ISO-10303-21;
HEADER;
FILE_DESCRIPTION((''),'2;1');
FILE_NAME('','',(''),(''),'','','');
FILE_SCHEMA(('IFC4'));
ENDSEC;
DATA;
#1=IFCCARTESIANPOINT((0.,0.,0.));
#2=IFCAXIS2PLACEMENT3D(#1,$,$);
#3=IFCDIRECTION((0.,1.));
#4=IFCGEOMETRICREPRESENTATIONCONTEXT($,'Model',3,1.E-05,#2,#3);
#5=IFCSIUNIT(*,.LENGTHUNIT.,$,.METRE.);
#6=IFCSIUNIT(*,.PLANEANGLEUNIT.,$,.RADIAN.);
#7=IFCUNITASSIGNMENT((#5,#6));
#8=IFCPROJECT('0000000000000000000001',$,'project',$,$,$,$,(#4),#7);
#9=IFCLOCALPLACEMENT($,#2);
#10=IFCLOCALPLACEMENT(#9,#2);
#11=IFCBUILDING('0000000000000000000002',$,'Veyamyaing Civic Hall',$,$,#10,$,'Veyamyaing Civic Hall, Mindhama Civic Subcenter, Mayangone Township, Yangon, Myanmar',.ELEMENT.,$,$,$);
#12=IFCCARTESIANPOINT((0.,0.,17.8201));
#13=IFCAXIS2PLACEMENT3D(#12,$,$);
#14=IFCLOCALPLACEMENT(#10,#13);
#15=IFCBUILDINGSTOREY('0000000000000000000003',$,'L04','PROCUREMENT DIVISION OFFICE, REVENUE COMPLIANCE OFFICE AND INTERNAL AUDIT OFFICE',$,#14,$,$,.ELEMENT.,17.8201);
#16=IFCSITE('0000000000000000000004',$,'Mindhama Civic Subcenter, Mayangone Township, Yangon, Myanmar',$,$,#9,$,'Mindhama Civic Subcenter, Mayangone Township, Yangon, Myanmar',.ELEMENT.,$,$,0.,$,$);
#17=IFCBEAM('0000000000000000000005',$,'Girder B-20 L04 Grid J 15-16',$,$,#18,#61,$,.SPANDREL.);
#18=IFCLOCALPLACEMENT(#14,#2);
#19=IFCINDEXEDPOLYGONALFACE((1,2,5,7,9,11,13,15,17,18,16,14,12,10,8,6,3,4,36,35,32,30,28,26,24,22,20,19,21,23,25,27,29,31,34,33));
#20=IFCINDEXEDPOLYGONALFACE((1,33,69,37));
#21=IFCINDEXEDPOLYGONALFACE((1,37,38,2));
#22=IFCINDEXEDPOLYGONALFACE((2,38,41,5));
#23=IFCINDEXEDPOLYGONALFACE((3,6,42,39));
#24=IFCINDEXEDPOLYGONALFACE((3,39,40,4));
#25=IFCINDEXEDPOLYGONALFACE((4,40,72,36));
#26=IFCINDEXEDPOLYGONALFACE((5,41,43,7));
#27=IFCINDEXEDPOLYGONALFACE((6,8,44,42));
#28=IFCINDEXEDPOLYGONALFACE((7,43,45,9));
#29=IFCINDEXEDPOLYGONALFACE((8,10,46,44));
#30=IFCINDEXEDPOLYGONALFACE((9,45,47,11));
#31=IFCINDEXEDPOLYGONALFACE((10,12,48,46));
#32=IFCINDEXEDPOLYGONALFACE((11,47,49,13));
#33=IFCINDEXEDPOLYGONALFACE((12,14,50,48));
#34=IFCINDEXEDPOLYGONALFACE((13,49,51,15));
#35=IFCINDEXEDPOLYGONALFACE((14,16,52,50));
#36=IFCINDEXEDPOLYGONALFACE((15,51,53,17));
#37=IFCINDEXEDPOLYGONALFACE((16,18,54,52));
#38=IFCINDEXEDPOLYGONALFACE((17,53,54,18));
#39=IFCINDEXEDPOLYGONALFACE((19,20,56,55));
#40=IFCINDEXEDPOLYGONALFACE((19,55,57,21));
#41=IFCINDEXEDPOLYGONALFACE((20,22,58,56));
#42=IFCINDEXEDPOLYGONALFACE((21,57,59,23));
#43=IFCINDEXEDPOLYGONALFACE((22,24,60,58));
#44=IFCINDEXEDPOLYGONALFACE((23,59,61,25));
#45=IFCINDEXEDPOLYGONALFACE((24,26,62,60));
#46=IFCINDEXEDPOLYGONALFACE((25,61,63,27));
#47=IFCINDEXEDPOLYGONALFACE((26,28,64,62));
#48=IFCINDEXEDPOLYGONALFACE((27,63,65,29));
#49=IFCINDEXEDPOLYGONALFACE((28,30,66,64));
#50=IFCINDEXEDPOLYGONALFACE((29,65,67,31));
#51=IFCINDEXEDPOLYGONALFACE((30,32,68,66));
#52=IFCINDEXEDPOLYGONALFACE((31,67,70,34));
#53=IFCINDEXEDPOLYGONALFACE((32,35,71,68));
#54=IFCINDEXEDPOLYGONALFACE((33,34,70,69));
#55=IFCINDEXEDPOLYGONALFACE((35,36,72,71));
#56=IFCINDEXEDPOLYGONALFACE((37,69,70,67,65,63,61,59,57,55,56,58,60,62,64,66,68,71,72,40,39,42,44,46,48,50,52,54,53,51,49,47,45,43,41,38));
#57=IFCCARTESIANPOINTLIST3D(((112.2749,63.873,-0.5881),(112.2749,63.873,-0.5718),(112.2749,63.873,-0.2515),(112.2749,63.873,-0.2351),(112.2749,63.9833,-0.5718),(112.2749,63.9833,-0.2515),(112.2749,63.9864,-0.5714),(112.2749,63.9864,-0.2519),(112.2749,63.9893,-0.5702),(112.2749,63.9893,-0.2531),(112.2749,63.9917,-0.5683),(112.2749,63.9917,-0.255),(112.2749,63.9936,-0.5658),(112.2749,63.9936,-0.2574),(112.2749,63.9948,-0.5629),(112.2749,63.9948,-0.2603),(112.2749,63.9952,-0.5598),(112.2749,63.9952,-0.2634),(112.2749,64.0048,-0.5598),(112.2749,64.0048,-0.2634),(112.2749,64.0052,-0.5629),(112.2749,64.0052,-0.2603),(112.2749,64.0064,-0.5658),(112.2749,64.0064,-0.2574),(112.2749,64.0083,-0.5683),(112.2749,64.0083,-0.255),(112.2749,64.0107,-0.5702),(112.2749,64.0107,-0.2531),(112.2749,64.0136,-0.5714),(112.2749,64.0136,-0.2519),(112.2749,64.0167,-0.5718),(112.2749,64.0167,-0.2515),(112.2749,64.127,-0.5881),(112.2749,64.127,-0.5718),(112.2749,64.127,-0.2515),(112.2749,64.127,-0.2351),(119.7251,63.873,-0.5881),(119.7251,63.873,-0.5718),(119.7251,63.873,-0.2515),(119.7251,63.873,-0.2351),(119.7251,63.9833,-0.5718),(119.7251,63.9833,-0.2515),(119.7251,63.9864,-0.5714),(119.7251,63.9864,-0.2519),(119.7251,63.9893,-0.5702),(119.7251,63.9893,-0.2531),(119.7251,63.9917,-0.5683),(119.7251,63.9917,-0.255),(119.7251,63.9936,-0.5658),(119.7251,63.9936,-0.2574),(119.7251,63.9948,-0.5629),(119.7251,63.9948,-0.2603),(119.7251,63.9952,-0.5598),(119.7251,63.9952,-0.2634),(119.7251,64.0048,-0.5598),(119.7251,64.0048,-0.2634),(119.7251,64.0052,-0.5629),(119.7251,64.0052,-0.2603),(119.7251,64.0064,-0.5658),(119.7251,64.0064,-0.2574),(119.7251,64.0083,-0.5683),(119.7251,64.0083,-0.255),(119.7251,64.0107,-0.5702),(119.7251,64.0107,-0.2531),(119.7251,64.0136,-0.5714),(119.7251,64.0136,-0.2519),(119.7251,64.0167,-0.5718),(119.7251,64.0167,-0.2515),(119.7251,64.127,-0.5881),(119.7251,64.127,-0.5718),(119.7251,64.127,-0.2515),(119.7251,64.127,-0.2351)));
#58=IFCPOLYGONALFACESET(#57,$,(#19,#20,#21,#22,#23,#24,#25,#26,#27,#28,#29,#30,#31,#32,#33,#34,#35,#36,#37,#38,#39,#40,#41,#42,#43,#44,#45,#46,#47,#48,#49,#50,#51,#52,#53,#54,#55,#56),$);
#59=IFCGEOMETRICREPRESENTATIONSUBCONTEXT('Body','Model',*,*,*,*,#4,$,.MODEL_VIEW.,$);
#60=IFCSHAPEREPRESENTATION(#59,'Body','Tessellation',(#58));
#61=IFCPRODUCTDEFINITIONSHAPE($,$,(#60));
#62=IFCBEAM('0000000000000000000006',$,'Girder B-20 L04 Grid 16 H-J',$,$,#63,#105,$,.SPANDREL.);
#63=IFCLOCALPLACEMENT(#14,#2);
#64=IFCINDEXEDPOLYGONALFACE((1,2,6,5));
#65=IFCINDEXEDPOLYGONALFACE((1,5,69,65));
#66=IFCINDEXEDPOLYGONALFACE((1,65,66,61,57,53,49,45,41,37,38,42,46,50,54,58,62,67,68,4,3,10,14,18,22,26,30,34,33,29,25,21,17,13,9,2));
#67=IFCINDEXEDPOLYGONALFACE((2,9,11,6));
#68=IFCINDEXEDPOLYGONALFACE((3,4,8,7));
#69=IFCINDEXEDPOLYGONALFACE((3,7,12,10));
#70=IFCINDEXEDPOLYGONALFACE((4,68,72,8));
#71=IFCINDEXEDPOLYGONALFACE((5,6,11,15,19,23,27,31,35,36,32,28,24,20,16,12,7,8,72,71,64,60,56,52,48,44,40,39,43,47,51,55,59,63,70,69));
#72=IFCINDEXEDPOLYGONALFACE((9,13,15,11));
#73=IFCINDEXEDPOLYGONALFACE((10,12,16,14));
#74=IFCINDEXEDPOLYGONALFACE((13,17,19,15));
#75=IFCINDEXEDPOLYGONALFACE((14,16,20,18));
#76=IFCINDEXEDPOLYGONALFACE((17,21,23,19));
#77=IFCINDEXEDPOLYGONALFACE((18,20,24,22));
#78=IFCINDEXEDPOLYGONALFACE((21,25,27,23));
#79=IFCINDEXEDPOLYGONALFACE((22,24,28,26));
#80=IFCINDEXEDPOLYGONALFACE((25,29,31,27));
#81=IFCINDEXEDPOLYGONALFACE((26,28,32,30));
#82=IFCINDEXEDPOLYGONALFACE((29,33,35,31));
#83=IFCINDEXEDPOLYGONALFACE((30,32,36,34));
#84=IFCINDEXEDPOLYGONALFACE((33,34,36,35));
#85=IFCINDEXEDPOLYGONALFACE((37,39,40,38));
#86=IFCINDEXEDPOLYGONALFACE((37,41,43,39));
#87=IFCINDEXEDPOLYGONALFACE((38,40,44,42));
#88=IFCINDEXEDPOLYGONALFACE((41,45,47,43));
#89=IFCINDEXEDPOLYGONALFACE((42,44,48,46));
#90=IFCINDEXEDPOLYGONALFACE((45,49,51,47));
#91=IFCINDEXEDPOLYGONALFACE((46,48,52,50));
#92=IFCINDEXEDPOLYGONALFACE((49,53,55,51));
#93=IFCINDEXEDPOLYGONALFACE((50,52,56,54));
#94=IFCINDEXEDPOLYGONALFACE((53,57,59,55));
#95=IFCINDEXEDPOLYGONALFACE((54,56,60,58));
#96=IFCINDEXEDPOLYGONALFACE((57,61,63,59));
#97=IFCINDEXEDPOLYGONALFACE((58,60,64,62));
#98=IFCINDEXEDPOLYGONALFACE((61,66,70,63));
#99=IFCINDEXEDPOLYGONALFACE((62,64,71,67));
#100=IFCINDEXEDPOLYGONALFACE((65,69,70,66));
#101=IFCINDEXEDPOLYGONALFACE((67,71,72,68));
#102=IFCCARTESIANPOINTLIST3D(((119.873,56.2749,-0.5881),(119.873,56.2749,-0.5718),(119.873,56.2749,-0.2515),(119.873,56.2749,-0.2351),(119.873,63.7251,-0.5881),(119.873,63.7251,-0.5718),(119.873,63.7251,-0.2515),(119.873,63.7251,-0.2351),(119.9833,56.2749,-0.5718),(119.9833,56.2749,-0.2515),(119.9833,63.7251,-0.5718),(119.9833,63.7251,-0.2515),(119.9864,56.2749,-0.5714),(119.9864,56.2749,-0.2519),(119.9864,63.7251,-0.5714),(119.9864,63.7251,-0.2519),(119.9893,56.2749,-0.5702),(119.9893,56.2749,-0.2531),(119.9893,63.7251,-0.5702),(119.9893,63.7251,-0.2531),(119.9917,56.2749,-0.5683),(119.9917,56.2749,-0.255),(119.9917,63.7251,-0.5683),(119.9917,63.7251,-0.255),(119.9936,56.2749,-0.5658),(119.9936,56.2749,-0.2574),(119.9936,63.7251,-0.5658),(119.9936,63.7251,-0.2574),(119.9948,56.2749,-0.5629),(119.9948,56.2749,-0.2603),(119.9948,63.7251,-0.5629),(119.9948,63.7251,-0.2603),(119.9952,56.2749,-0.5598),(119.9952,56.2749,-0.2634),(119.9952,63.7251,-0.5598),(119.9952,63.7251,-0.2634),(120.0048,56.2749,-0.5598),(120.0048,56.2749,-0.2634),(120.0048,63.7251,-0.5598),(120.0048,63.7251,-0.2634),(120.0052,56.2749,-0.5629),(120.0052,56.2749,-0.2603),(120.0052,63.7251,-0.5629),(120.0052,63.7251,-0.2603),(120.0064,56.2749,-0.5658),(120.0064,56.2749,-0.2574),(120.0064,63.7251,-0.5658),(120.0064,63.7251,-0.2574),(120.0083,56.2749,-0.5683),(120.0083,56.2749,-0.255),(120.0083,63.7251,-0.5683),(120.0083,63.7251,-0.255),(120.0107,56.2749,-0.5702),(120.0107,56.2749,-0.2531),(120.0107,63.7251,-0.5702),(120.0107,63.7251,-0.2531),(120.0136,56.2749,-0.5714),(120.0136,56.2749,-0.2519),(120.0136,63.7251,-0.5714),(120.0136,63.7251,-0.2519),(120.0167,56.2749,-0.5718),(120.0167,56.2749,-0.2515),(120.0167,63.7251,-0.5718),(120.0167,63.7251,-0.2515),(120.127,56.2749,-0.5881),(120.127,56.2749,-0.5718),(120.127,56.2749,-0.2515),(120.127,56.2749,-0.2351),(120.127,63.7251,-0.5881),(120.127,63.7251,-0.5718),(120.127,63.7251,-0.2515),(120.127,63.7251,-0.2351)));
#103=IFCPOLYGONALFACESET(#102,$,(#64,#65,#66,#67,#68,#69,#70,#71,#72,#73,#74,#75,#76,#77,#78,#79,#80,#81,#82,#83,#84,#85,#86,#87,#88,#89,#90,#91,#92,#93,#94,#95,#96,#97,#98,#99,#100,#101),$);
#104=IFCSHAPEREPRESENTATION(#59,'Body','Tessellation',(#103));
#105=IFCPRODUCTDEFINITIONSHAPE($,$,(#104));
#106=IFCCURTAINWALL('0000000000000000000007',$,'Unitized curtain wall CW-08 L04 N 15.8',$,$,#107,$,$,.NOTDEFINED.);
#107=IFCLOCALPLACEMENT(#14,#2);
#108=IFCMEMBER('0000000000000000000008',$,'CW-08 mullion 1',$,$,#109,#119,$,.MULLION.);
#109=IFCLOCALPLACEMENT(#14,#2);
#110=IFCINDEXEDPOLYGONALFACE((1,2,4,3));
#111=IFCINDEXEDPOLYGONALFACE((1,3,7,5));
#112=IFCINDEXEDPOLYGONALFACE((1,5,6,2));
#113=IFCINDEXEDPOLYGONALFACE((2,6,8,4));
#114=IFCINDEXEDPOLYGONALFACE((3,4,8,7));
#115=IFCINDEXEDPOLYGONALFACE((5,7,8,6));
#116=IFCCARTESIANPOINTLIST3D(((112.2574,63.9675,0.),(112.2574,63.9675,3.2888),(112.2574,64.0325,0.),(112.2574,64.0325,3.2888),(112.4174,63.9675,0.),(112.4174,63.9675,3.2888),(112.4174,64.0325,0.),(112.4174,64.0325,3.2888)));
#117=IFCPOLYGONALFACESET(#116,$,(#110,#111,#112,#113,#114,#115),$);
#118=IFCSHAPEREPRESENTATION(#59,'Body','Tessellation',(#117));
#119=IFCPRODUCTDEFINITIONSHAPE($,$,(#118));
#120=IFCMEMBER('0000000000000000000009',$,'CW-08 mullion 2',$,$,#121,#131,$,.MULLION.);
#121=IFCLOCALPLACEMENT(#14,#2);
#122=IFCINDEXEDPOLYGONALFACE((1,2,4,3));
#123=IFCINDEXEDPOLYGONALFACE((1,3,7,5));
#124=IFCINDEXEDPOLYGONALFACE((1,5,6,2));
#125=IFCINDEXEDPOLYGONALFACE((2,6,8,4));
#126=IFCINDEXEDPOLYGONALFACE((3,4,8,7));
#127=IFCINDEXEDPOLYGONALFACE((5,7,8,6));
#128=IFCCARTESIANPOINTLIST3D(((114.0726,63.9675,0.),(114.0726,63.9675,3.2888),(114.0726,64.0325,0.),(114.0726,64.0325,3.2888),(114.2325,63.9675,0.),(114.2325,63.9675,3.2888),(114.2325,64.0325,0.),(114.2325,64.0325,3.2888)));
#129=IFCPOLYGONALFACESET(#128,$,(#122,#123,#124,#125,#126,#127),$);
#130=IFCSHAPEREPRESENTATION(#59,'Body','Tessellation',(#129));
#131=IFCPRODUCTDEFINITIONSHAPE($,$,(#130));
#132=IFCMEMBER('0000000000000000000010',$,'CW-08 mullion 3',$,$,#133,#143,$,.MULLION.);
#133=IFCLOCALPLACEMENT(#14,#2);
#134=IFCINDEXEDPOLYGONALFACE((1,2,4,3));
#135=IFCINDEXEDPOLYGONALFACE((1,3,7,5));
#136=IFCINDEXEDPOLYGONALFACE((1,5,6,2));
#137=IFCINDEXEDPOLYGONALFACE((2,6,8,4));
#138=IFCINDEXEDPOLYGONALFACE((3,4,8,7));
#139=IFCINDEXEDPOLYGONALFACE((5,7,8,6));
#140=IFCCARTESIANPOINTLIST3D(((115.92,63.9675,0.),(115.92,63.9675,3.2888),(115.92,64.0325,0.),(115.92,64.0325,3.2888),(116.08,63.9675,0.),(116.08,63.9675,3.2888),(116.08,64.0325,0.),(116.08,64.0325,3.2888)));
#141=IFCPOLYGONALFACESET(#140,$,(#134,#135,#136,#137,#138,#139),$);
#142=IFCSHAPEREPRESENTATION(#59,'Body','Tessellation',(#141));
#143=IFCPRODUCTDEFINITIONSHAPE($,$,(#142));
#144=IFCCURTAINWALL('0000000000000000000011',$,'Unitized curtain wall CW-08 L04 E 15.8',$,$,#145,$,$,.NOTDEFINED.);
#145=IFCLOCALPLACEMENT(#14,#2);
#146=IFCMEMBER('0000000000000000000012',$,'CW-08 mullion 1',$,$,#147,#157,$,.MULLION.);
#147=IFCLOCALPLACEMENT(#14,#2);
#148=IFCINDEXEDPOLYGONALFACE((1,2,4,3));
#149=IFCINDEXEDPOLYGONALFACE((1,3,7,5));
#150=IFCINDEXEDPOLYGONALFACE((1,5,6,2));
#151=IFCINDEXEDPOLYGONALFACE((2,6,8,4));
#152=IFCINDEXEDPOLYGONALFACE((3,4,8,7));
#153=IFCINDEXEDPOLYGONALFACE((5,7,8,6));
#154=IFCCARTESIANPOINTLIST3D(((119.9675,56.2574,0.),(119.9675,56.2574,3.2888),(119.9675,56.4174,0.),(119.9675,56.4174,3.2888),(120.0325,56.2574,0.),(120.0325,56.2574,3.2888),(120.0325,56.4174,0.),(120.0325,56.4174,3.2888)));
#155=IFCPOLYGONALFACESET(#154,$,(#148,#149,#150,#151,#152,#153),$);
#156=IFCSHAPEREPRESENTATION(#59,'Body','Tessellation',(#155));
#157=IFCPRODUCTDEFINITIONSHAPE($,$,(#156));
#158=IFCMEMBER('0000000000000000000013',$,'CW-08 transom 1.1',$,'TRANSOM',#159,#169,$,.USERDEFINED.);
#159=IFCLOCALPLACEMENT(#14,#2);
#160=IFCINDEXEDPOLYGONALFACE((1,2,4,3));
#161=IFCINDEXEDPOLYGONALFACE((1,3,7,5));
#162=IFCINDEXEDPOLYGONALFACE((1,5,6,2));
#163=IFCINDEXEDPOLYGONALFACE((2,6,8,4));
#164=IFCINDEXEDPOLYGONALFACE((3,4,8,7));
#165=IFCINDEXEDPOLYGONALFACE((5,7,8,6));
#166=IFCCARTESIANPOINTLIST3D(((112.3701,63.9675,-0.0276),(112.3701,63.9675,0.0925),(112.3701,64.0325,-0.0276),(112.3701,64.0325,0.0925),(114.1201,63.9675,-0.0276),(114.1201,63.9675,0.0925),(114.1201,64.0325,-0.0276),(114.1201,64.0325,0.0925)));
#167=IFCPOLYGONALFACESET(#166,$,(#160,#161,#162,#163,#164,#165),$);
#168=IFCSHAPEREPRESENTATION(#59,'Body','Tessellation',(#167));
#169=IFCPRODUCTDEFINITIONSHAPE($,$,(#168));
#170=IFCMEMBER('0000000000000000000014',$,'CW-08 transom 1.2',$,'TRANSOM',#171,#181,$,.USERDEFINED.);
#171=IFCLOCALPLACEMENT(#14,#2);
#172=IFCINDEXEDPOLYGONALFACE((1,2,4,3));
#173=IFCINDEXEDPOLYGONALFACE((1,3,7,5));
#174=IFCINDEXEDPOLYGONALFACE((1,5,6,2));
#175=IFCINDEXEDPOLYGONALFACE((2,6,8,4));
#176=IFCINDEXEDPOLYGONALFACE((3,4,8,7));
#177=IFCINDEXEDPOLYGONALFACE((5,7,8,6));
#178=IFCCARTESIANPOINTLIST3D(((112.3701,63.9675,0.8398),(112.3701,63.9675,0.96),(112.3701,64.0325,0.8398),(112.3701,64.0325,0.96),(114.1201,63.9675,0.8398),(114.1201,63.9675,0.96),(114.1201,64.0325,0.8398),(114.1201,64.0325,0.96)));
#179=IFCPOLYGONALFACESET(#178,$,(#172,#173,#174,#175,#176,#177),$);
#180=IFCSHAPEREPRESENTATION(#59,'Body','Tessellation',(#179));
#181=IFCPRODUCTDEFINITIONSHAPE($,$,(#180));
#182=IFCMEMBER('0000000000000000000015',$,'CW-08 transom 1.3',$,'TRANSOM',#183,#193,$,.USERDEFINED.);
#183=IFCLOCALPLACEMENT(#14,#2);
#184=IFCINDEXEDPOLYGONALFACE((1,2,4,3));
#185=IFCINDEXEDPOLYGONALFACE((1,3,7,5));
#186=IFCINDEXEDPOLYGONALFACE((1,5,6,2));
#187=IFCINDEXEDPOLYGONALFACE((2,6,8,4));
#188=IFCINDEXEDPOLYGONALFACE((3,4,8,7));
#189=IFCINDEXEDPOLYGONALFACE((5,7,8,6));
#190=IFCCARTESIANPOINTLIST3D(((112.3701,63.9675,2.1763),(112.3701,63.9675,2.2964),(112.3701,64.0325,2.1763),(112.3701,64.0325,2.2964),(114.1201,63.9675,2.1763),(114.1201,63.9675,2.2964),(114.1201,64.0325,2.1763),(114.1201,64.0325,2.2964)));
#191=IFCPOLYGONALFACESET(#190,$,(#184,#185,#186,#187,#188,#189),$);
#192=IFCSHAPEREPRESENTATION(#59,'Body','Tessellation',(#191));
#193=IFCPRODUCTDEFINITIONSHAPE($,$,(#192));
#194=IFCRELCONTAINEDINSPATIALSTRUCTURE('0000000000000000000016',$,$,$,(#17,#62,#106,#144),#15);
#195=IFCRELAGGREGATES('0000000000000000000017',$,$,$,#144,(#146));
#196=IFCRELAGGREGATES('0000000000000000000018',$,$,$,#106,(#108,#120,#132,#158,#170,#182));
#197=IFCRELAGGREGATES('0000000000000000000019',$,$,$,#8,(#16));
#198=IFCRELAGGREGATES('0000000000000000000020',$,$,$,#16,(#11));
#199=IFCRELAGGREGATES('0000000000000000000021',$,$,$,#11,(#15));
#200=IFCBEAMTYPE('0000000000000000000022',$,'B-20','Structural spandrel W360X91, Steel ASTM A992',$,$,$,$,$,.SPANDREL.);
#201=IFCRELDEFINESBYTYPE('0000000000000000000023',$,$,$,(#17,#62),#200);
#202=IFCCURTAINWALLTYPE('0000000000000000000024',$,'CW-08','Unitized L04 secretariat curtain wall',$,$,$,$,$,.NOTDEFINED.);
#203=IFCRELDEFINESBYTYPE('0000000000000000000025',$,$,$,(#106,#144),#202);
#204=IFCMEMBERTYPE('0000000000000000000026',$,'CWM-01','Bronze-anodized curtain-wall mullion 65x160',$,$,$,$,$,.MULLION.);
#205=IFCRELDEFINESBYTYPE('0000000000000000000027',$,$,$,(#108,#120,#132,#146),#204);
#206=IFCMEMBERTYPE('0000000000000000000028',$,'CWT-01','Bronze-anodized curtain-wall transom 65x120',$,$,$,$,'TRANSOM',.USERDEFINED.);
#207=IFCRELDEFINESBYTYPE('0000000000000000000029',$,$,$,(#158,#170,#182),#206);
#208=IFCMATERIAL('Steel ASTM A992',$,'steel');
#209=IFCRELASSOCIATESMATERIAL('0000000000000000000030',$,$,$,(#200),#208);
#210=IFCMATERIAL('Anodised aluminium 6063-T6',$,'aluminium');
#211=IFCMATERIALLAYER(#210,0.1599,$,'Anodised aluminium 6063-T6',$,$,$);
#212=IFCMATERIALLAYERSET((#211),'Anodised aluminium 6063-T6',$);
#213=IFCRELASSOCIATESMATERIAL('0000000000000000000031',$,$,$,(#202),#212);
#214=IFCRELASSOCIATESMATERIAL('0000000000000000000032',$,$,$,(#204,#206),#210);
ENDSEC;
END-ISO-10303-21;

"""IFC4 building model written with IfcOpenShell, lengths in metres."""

from ifc_helpers import new_model, si_unit, direction, frame, origin, origin_2d, place, context, subcontext, project, spatial, rectangle, i_section, extrude, material, layer, layer_set, material_profile, profile_set, type_object, element, aggregate, save


model = new_model("IFC4")

# Units and contexts
model_context = context("Model", 3, precision=1e-05, world=origin(), true_north=direction((0.0, 1.0)))
body_context = subcontext(model_context, "Body", "Model", "MODEL_VIEW")
ifc_project = project(units=[si_unit("LENGTHUNIT", "METRE"), si_unit("PLANEANGLEUNIT", "RADIAN")], contexts=[model_context])

# Site, building, storey
site_placement = place(None, origin())
site = spatial("IfcSite", under=ifc_project, at=site_placement, Name="Mindhama Civic Subcenter, Mayangone Township, Yangon, Myanmar", LongName="Mindhama Civic Subcenter, Mayangone Township, Yangon, Myanmar", CompositionType="ELEMENT", RefElevation=0.0)
building_placement = place(site_placement, origin())
building = spatial("IfcBuilding", under=site, at=building_placement, Name="Veyamyaing Civic Hall", LongName="Veyamyaing Civic Hall, Mindhama Civic Subcenter, Mayangone Township, Yangon, Myanmar", CompositionType="ELEMENT")
storey_placement = place(building_placement, frame((0.0, 0.0, 17.8201)))
storey = spatial("IfcBuildingStorey", under=building, at=storey_placement, Name="L04", Description="PROCUREMENT DIVISION OFFICE, REVENUE COMPLIANCE OFFICE AND INTERNAL AUDIT OFFICE", CompositionType="ELEMENT", Elevation=17.8201)

# Beams
ifc_material_1 = material(Name="Steel ASTM A992", Category="steel")
ifc_material_profile_1 = material_profile(ifc_material_1, i_section(OverallWidth=0.2539, OverallDepth=0.353, WebThickness=0.0095, FlangeThickness=0.0164, FilletRadius=0.012, at=origin_2d()), Name="W360X91")
ifc_profile_set_1 = profile_set([ifc_material_profile_1], Name="Steel ASTM A992")
beam_type = type_object("IfcBeamType", Name="B-20", Description="Structural spandrel W360X91, Steel ASTM A992", PredefinedType="SPANDREL", material=ifc_profile_set_1)
for number, where, z_axis, x_axis, name in (
    (1, (112.2749, 64.0, -0.4116), (1.0, 0.0, 0.0), (0.0, 1.0, 0.0), "Girder B-20 L04 Grid J 15-16"),
    (2, (120.0, 56.2749, -0.4116), (0.0, 1.0, 0.0), (-1.0, 0.0, 0.0), "Girder B-20 L04 Grid 16 H-J"),
):
    element("IfcBeam", number, at=place(storey_placement, frame(where, z_axis=z_axis, x_axis=x_axis)), inside=storey, type_object=beam_type, Name=name, PredefinedType="SPANDREL", context=body_context, shape_type="SweptSolid", body=[
        extrude(i_section(OverallWidth=0.2539, OverallDepth=0.353, WebThickness=0.0095, FlangeThickness=0.0164, FilletRadius=0.012, at=origin_2d()), origin(), (0.0, 0.0, 1.0), 7.4502),
    ])

# Curtain wall, members
ifc_material_2 = material(Name="Anodised aluminium 6063-T6", Category="aluminium")
ifc_layer_1 = layer(ifc_material_2, 0.1599, Name="Anodised aluminium 6063-T6")
ifc_layer_set_1 = layer_set([ifc_layer_1], Name="Anodised aluminium 6063-T6")
curtain_wall_type = type_object("IfcCurtainWallType", Name="CW-08", Description="Unitized L04 secretariat curtain wall", PredefinedType="NOTDEFINED", material=ifc_layer_set_1)
curtain_wall_1_placement = place(storey_placement, origin())
curtain_wall_1 = element("IfcCurtainWall", 3, at=curtain_wall_1_placement, inside=storey, type_object=curtain_wall_type, Name="Unitized curtain wall CW-08 L04 N 15.8", PredefinedType="NOTDEFINED")
ifc_material_profile_2 = material_profile(ifc_material_2, rectangle(XDim=0.0649, YDim=0.1599, at=origin_2d()), Name="ALU-MUL-65X160")
ifc_profile_set_2 = profile_set([ifc_material_profile_2], Name="Anodised aluminium 6063-T6")
member_type_1 = type_object("IfcMemberType", Name="CWM-01", Description="Bronze-anodized curtain-wall mullion 65x160", PredefinedType="MULLION", material=ifc_profile_set_2)
member_1_placement = place(storey_placement, frame((112.3374, 64.0, 0.0), z_axis=(0.0, 0.0, 1.0), x_axis=(0.0, 1.0, 0.0)))
member_1 = element("IfcMember", 4, at=member_1_placement, type_object=member_type_1, Name="CW-08 mullion 1", PredefinedType="MULLION", context=body_context, shape_type="SweptSolid", body=[
    extrude(rectangle(XDim=0.0649, YDim=0.1599, at=origin_2d()), origin(), (0.0, 0.0, 1.0), 3.2888),
])
member_2_placement = place(storey_placement, frame((114.1526, 64.0, 0.0), z_axis=(0.0, 0.0, 1.0), x_axis=(0.0, 1.0, 0.0)))
member_2 = element("IfcMember", 5, at=member_2_placement, type_object=member_type_1, Name="CW-08 mullion 2", PredefinedType="MULLION", context=body_context, shape_type="SweptSolid", body=[
    extrude(rectangle(XDim=0.0649, YDim=0.1599, at=origin_2d()), origin(), (0.0, 0.0, 1.0), 3.2888),
])
member_3_placement = place(storey_placement, frame((116.0, 64.0, 0.0), z_axis=(0.0, 0.0, 1.0), x_axis=(0.0, 1.0, 0.0)))
member_3 = element("IfcMember", 6, at=member_3_placement, type_object=member_type_1, Name="CW-08 mullion 3", PredefinedType="MULLION", context=body_context, shape_type="SweptSolid", body=[
    extrude(rectangle(XDim=0.0649, YDim=0.1599, at=origin_2d()), origin(), (0.0, 0.0, 1.0), 3.2888),
])

# Curtain wall, member
curtain_wall_2_placement = place(storey_placement, origin())
curtain_wall_2 = element("IfcCurtainWall", 7, at=curtain_wall_2_placement, inside=storey, type_object=curtain_wall_type, Name="Unitized curtain wall CW-08 L04 E 15.8", PredefinedType="NOTDEFINED")
member_4_placement = place(storey_placement, frame((120.0, 56.3374, 0.0), z_axis=(0.0, 0.0, 1.0), x_axis=(-1.0, 0.0, 0.0)))
member_4 = element("IfcMember", 8, at=member_4_placement, type_object=member_type_1, Name="CW-08 mullion 1", PredefinedType="MULLION", context=body_context, shape_type="SweptSolid", body=[
    extrude(rectangle(XDim=0.0649, YDim=0.1599, at=origin_2d()), origin(), (0.0, 0.0, 1.0), 3.2888),
])
aggregate(curtain_wall_2, [member_4])

# Members
ifc_material_profile_3 = material_profile(ifc_material_2, rectangle(XDim=0.0649, YDim=0.1201, at=origin_2d()), Name="ALU-TRN-65X120")
ifc_profile_set_3 = profile_set([ifc_material_profile_3], Name="Anodised aluminium 6063-T6")
member_type_2 = type_object("IfcMemberType", Name="CWT-01", Description="Bronze-anodized curtain-wall transom 65x120", ElementType="TRANSOM", PredefinedType="USERDEFINED", material=ifc_profile_set_3)
member_5_placement = place(storey_placement, frame((112.3701, 64.0, 0.0325), z_axis=(1.0, 0.0, 0.0), x_axis=(0.0, 1.0, 0.0)))
member_5 = element("IfcMember", 9, at=member_5_placement, type_object=member_type_2, Name="CW-08 transom 1.1", ObjectType="TRANSOM", PredefinedType="USERDEFINED", context=body_context, shape_type="SweptSolid", body=[
    extrude(rectangle(XDim=0.0649, YDim=0.1201, at=origin_2d()), origin(), (0.0, 0.0, 1.0), 1.75),
])
member_6_placement = place(storey_placement, frame((112.3701, 64.0, 0.8999), z_axis=(1.0, 0.0, 0.0), x_axis=(0.0, 1.0, 0.0)))
member_6 = element("IfcMember", 10, at=member_6_placement, type_object=member_type_2, Name="CW-08 transom 1.2", ObjectType="TRANSOM", PredefinedType="USERDEFINED", context=body_context, shape_type="SweptSolid", body=[
    extrude(rectangle(XDim=0.0649, YDim=0.1201, at=origin_2d()), origin(), (0.0, 0.0, 1.0), 1.75),
])
member_7_placement = place(storey_placement, frame((112.3701, 64.0, 2.2363), z_axis=(1.0, 0.0, 0.0), x_axis=(0.0, 1.0, 0.0)))
member_7 = element("IfcMember", 11, at=member_7_placement, type_object=member_type_2, Name="CW-08 transom 1.3", ObjectType="TRANSOM", PredefinedType="USERDEFINED", context=body_context, shape_type="SweptSolid", body=[
    extrude(rectangle(XDim=0.0649, YDim=0.1201, at=origin_2d()), origin(), (0.0, 0.0, 1.0), 1.75),
])

aggregate(curtain_wall_1, [member_1, member_2, member_3, member_5, member_6, member_7])

save(model, "model.ifc")
